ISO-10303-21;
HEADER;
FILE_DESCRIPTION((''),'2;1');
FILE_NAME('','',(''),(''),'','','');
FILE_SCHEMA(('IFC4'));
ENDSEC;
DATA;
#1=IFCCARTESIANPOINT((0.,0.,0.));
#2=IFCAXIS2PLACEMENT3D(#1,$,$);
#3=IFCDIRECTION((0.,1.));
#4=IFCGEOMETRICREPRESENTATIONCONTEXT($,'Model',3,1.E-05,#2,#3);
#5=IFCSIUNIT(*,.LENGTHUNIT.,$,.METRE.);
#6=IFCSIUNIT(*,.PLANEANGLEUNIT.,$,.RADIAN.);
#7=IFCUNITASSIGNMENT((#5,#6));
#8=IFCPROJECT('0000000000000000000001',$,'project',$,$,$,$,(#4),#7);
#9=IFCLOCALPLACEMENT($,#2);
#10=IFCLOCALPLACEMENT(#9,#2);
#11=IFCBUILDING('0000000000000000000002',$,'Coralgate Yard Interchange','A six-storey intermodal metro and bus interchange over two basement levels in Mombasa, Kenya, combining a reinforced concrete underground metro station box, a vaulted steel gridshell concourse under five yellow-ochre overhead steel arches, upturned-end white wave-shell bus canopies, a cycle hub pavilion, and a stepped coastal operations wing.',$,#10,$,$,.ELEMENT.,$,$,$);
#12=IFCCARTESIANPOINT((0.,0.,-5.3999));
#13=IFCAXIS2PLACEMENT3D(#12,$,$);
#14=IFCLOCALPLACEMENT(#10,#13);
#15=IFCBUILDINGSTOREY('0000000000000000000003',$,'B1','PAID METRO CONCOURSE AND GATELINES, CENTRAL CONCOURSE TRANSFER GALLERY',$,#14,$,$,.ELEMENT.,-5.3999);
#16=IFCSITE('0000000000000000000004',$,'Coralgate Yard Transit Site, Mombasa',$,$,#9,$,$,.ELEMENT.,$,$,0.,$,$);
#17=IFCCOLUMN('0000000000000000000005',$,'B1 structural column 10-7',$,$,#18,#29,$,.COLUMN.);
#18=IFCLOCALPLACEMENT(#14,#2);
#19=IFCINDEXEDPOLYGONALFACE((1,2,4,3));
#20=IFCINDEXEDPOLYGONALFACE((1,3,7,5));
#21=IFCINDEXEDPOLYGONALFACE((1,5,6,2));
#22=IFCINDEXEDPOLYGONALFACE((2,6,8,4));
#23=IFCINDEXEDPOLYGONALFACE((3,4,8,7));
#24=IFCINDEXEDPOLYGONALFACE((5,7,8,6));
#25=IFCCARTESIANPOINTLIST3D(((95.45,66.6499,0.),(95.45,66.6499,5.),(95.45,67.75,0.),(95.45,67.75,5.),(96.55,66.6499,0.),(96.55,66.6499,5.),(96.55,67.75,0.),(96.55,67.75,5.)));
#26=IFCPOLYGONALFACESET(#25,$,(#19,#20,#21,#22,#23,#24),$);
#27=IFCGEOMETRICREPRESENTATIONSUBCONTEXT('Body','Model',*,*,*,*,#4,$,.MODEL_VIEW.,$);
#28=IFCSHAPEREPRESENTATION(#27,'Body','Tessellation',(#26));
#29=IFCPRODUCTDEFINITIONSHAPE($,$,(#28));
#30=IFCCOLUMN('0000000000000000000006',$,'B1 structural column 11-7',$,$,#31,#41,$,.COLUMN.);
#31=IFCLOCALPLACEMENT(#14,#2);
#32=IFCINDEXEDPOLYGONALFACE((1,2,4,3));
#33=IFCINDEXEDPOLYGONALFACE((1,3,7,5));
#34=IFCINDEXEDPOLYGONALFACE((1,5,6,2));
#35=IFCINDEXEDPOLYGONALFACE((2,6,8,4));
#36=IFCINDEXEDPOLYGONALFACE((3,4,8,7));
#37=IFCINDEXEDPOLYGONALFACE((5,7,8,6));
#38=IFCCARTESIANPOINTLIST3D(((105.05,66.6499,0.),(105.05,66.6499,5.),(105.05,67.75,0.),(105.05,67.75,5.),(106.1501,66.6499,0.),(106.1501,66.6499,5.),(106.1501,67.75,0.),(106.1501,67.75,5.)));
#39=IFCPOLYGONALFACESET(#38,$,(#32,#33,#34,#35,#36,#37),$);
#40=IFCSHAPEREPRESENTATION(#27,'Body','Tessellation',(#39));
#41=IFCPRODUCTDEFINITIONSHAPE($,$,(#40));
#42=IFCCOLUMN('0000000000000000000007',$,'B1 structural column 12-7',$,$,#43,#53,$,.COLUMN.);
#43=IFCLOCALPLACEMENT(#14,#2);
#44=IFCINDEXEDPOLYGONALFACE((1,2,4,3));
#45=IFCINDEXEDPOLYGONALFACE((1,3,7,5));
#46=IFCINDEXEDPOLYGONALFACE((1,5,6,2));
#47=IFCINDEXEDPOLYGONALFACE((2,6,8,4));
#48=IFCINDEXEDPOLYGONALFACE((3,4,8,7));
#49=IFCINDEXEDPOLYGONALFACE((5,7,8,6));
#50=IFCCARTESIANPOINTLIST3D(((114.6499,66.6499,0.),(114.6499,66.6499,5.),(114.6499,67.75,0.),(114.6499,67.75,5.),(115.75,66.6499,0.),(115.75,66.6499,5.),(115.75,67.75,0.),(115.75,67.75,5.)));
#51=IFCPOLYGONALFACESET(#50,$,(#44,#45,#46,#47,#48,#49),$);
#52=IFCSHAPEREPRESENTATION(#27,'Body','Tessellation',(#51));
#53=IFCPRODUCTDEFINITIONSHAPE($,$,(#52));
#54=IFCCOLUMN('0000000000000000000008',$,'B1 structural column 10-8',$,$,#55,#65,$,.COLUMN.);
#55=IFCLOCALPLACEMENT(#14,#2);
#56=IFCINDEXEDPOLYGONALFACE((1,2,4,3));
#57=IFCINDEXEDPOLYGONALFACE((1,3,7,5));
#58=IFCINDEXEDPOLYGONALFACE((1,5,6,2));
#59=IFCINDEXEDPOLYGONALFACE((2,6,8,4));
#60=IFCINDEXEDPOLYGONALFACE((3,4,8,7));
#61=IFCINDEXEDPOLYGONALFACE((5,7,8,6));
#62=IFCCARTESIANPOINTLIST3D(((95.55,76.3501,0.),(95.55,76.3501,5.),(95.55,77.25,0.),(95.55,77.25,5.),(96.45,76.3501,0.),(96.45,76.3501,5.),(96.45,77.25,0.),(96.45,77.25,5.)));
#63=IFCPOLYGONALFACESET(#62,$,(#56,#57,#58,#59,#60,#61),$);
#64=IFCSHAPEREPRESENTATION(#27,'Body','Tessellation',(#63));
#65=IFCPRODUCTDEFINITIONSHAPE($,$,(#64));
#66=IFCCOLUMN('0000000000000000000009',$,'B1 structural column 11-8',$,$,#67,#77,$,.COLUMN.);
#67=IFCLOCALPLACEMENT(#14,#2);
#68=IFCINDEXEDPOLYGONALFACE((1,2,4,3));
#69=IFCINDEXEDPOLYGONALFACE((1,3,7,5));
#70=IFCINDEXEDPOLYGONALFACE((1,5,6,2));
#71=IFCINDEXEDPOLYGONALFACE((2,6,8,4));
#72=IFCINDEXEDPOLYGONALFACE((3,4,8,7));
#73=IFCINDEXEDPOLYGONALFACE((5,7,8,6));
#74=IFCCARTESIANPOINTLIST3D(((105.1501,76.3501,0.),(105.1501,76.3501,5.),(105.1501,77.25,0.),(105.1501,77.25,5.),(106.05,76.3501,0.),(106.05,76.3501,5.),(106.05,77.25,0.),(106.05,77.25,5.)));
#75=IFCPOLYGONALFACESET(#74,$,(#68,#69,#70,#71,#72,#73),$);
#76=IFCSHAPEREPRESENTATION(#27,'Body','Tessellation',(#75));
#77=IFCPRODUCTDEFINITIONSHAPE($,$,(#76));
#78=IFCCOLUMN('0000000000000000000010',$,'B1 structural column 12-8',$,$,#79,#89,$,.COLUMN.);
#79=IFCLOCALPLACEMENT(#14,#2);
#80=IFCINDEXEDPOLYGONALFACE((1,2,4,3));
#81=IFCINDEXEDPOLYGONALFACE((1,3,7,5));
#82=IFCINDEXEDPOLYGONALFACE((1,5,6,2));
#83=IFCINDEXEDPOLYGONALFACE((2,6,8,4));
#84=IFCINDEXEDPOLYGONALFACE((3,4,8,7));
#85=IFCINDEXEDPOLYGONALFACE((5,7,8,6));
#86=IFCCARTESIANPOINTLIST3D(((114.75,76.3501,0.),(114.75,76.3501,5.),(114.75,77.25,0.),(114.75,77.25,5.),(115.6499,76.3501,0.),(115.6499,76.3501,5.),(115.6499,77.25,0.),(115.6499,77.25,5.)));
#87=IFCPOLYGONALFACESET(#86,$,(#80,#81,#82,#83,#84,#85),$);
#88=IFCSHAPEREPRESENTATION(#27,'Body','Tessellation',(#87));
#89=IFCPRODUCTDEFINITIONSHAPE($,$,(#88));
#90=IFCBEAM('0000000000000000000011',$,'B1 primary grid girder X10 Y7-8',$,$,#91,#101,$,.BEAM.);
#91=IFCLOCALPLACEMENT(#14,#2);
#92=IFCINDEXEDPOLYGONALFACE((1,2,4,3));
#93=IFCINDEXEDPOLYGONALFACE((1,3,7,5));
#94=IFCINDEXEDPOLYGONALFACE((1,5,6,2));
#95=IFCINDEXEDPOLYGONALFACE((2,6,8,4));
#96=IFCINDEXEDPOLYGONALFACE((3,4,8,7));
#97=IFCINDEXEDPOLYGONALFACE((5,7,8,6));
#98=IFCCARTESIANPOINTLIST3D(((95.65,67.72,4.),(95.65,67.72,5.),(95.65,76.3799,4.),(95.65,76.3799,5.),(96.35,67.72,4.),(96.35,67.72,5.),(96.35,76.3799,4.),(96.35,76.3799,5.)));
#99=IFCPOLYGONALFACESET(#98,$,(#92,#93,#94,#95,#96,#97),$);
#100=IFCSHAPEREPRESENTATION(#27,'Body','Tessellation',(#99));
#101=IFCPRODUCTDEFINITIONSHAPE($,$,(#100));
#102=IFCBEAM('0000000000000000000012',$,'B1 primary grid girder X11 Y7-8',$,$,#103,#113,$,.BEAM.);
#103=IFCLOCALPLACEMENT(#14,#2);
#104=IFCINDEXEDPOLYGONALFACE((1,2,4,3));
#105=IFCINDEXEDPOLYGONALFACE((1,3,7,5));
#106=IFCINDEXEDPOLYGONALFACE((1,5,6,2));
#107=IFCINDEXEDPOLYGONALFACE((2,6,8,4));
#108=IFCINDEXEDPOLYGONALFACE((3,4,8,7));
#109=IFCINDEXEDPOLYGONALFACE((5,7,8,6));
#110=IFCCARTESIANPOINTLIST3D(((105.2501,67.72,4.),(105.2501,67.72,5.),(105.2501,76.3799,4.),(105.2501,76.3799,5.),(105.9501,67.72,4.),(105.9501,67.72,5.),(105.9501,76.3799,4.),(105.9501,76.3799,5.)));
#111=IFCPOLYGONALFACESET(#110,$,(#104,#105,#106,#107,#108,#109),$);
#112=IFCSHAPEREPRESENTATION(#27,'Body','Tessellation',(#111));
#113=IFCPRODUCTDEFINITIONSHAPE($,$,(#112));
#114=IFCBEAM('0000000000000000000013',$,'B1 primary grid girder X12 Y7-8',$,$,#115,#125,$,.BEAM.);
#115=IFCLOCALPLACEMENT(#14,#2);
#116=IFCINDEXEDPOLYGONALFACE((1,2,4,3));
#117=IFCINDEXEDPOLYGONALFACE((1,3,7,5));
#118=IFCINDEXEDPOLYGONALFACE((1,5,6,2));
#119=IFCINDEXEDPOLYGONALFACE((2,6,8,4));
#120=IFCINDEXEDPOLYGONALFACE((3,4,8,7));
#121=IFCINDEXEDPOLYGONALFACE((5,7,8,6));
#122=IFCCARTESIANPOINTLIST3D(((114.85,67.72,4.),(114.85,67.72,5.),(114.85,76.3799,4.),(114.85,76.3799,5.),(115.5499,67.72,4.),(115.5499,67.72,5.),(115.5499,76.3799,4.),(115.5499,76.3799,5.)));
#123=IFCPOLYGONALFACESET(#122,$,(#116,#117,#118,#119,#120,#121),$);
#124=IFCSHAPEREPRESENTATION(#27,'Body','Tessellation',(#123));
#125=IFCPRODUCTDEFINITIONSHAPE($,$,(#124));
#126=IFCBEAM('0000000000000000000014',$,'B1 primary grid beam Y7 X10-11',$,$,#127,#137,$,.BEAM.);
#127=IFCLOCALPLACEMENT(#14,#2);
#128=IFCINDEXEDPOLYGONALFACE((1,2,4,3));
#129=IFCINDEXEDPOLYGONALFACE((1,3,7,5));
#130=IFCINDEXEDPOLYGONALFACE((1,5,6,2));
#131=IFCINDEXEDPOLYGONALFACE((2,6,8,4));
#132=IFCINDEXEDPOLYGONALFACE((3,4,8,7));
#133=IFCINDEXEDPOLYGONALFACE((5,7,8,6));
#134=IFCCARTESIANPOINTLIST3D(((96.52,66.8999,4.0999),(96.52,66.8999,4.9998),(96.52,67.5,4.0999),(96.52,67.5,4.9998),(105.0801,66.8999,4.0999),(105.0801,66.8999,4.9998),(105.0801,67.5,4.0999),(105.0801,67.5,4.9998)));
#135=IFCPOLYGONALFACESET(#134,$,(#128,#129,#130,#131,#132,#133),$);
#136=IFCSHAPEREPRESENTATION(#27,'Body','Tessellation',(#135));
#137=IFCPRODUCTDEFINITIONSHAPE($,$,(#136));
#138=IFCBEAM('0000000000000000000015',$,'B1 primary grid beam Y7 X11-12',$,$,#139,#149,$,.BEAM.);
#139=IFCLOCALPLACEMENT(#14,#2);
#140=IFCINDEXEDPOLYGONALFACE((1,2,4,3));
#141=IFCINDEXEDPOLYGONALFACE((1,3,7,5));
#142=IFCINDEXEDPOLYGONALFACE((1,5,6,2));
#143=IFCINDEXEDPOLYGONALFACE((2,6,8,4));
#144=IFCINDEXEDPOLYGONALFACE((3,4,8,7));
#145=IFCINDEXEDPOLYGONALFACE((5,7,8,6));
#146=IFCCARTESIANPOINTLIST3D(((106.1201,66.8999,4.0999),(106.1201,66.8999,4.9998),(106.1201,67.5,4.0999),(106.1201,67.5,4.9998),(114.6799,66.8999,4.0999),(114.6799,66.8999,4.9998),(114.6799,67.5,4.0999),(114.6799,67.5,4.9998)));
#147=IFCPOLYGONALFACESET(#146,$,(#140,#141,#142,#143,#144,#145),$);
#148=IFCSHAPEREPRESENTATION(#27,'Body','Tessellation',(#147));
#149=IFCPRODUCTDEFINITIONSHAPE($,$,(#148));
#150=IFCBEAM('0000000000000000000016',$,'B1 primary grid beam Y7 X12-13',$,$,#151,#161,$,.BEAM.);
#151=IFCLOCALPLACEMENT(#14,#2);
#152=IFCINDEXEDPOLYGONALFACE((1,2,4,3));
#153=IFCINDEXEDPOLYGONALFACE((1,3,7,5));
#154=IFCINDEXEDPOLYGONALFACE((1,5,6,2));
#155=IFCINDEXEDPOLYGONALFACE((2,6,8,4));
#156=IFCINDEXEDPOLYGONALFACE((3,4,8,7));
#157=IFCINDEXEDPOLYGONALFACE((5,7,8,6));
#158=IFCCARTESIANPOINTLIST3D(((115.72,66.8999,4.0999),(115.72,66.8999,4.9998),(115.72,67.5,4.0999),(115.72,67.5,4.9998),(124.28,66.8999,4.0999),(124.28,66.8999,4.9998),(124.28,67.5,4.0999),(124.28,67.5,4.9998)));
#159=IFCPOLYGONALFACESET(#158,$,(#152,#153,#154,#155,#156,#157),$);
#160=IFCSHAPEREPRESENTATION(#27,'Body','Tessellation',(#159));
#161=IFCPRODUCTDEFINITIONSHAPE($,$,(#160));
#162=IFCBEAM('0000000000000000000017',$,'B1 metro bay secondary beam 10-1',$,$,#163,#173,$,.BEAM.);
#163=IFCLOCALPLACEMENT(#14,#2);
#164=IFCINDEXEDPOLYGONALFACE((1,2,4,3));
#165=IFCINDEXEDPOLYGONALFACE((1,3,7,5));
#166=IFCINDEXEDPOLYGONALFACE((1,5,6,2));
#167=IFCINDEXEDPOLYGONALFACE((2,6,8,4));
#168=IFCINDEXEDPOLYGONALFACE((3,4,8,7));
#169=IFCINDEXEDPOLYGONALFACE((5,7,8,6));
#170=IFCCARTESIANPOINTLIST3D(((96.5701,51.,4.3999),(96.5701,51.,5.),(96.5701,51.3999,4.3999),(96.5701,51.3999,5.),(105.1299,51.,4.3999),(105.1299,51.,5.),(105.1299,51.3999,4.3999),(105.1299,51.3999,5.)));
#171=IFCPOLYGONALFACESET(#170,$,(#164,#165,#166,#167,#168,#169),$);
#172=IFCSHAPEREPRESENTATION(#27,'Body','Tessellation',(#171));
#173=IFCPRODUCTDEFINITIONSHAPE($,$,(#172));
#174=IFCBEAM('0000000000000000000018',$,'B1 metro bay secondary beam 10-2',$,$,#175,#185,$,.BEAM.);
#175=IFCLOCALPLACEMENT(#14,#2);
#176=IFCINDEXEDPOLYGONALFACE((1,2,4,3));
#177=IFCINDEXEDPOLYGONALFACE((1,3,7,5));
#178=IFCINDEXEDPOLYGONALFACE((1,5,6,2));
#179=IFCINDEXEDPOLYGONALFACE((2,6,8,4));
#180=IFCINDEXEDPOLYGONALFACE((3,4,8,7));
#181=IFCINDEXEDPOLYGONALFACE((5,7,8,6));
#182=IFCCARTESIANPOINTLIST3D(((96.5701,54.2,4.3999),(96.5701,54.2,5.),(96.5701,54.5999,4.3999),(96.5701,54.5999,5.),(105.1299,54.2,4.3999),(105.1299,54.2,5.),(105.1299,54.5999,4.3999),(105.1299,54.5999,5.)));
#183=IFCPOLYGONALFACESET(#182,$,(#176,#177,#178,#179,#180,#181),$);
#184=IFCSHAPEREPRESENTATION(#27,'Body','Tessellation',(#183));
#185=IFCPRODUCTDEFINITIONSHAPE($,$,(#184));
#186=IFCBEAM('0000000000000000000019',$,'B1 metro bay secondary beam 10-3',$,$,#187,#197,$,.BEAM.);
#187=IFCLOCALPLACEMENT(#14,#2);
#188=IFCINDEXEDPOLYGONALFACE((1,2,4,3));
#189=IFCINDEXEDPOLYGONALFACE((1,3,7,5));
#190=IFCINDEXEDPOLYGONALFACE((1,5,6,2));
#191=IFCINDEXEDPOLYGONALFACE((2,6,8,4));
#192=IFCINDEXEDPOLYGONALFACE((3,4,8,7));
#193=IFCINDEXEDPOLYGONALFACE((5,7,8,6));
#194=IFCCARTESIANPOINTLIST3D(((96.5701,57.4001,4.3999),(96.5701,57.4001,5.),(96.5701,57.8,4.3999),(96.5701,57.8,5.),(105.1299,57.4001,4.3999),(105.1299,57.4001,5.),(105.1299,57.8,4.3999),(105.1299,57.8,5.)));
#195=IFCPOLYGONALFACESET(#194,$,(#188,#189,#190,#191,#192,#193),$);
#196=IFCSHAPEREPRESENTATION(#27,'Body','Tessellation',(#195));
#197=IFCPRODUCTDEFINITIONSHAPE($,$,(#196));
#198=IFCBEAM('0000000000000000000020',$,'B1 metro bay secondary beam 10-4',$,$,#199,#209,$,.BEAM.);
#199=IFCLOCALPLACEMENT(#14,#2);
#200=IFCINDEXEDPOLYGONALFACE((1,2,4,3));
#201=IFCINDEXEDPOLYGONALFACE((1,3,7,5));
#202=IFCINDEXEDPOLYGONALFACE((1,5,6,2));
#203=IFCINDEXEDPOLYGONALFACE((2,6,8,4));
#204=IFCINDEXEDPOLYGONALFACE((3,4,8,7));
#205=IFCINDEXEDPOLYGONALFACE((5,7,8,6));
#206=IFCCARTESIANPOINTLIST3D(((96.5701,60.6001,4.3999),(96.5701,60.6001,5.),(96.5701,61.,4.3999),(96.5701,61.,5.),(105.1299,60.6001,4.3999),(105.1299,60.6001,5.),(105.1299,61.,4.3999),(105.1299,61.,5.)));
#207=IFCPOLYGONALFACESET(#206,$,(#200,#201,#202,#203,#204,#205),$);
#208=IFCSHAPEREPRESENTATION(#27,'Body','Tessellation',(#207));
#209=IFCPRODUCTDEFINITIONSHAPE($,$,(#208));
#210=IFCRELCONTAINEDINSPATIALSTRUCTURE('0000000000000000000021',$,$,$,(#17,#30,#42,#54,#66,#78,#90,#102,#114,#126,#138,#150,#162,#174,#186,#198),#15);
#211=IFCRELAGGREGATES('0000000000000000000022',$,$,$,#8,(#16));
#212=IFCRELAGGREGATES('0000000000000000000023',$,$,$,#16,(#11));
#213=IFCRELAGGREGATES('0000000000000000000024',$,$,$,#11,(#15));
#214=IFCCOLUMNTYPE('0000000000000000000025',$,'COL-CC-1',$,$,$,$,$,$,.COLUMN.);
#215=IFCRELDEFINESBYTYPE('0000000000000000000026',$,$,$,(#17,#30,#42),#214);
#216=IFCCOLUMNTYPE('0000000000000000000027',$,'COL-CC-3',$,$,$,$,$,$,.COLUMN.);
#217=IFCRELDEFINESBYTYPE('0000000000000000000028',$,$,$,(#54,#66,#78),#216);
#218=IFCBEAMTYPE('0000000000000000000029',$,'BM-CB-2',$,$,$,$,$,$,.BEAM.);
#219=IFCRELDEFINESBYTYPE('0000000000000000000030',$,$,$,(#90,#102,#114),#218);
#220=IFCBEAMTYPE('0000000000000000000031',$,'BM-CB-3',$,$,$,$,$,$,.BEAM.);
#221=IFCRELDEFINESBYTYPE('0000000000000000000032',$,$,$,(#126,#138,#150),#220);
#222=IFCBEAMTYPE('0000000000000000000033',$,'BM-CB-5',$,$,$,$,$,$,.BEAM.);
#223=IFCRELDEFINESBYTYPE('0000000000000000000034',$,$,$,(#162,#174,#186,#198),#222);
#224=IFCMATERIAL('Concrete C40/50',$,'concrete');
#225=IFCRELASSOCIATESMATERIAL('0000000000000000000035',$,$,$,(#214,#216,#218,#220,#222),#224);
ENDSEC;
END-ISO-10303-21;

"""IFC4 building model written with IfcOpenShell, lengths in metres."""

from ifc_helpers import new_model, si_unit, direction, frame, origin, origin_2d, place, context, subcontext, project, spatial, rectangle, extrude, material, material_profile, profile_set, type_object, element, save


model = new_model("IFC4")

# Units and contexts
model_context = context("Model", 3, precision=1e-05, world=origin(), true_north=direction((0.0, 1.0)))
body_context = subcontext(model_context, "Body", "Model", "MODEL_VIEW")
ifc_project = project(units=[si_unit("LENGTHUNIT", "METRE"), si_unit("PLANEANGLEUNIT", "RADIAN")], contexts=[model_context])

# Site, building, storey
site_placement = place(None, origin())
site = spatial("IfcSite", under=ifc_project, at=site_placement, Name="Coralgate Yard Transit Site, Mombasa", CompositionType="ELEMENT", RefElevation=0.0)
building_placement = place(site_placement, origin())
building = spatial("IfcBuilding", under=site, at=building_placement, Name="Coralgate Yard Interchange", Description="A six-storey intermodal metro and bus interchange over two basement levels in Mombasa, Kenya, combining a reinforced concrete underground metro station box, a vaulted steel gridshell concourse under five yellow-ochre overhead steel arches, upturned-end white wave-shell bus canopies, a cycle hub pavilion, and a stepped coastal operations wing.", CompositionType="ELEMENT")
storey_placement = place(building_placement, frame((0.0, 0.0, -5.3999)))
storey = spatial("IfcBuildingStorey", under=building, at=storey_placement, Name="B1", Description="PAID METRO CONCOURSE AND GATELINES, CENTRAL CONCOURSE TRANSFER GALLERY", CompositionType="ELEMENT", Elevation=-5.3999)

# Columns
ifc_material_1 = material(Name="Concrete C40/50", Category="concrete")
ifc_material_profile_1 = material_profile(ifc_material_1, rectangle(XDim=1.1001, YDim=1.1001, at=origin_2d()), Name="RC 1100x1100")
ifc_profile_set_1 = profile_set([ifc_material_profile_1], Name="Concrete C40/50")
column_type_1 = type_object("IfcColumnType", Name="COL-CC-1", PredefinedType="COLUMN", material=ifc_profile_set_1)
for number, where, z_axis, x_axis, name in (
    (1, (96.0, 67.2, 0.0), (0.0, 0.0, 1.0), (1.0, 0.0, 0.0), "B1 structural column 10-7"),
    (2, (105.6001, 67.2, 0.0), (0.0, 0.0, 1.0), (1.0, 0.0, 0.0), "B1 structural column 11-7"),
    (3, (115.2, 67.2, 0.0), (0.0, 0.0, 1.0), (1.0, 0.0, 0.0), "B1 structural column 12-7"),
):
    element("IfcColumn", number, at=place(storey_placement, frame(where, z_axis=z_axis, x_axis=x_axis)), inside=storey, type_object=column_type_1, Name=name, PredefinedType="COLUMN", context=body_context, shape_type="SweptSolid", body=[
        extrude(rectangle(XDim=1.1001, YDim=1.1001, at=origin_2d()), origin(), (0.0, 0.0, 1.0), 5.0),
    ])
ifc_material_profile_2 = material_profile(ifc_material_1, rectangle(XDim=0.8999, YDim=0.8999, at=origin_2d()), Name="RC 900x900")
ifc_profile_set_2 = profile_set([ifc_material_profile_2], Name="Concrete C40/50")
column_type_2 = type_object("IfcColumnType", Name="COL-CC-3", PredefinedType="COLUMN", material=ifc_profile_set_2)
for number, where, z_axis, x_axis, name in (
    (4, (96.0, 76.8, 0.0), (0.0, 0.0, 1.0), (1.0, 0.0, 0.0), "B1 structural column 10-8"),
    (5, (105.6001, 76.8, 0.0), (0.0, 0.0, 1.0), (1.0, 0.0, 0.0), "B1 structural column 11-8"),
    (6, (115.2, 76.8, 0.0), (0.0, 0.0, 1.0), (1.0, 0.0, 0.0), "B1 structural column 12-8"),
):
    element("IfcColumn", number, at=place(storey_placement, frame(where, z_axis=z_axis, x_axis=x_axis)), inside=storey, type_object=column_type_2, Name=name, PredefinedType="COLUMN", context=body_context, shape_type="SweptSolid", body=[
        extrude(rectangle(XDim=0.8999, YDim=0.8999, at=origin_2d()), origin(), (0.0, 0.0, 1.0), 5.0),
    ])

# Beams
ifc_material_profile_3 = material_profile(ifc_material_1, rectangle(XDim=0.7, YDim=1.0, at=origin_2d()), Name="RC 700x1000")
ifc_profile_set_3 = profile_set([ifc_material_profile_3], Name="Concrete C40/50")
beam_type_1 = type_object("IfcBeamType", Name="BM-CB-2", PredefinedType="BEAM", material=ifc_profile_set_3)
for number, where, z_axis, x_axis, name in (
    (7, (96.0, 67.72, 4.5), (0.0, 1.0, 0.0), (-1.0, 0.0, 0.0), "B1 primary grid girder X10 Y7-8"),
    (8, (105.6001, 67.72, 4.5), (0.0, 1.0, 0.0), (-1.0, 0.0, 0.0), "B1 primary grid girder X11 Y7-8"),
    (9, (115.2, 67.72, 4.5), (0.0, 1.0, 0.0), (-1.0, 0.0, 0.0), "B1 primary grid girder X12 Y7-8"),
):
    element("IfcBeam", number, at=place(storey_placement, frame(where, z_axis=z_axis, x_axis=x_axis)), inside=storey, type_object=beam_type_1, Name=name, PredefinedType="BEAM", context=body_context, shape_type="SweptSolid", body=[
        extrude(rectangle(XDim=0.7, YDim=1.0, at=origin_2d()), origin(), (0.0, 0.0, 1.0), 8.6599),
    ])
ifc_material_profile_4 = material_profile(ifc_material_1, rectangle(XDim=0.6001, YDim=0.8999, at=origin_2d()), Name="RC 600x900")
ifc_profile_set_4 = profile_set([ifc_material_profile_4], Name="Concrete C40/50")
beam_type_2 = type_object("IfcBeamType", Name="BM-CB-3", PredefinedType="BEAM", material=ifc_profile_set_4)
beam_1_placement = place(storey_placement, frame((96.52, 67.2, 4.5498), z_axis=(1.0, 0.0, 0.0), x_axis=(0.0, 1.0, 0.0)))
element("IfcBeam", 10, at=beam_1_placement, inside=storey, type_object=beam_type_2, Name="B1 primary grid beam Y7 X10-11", PredefinedType="BEAM", context=body_context, shape_type="SweptSolid", body=[
    extrude(rectangle(XDim=0.6001, YDim=0.8999, at=origin_2d()), origin(), (0.0, 0.0, 1.0), 8.5601),
])
beam_2_placement = place(storey_placement, frame((106.1201, 67.2, 4.5498), z_axis=(1.0, 0.0, 0.0), x_axis=(0.0, 1.0, 0.0)))
element("IfcBeam", 11, at=beam_2_placement, inside=storey, type_object=beam_type_2, Name="B1 primary grid beam Y7 X11-12", PredefinedType="BEAM", context=body_context, shape_type="SweptSolid", body=[
    extrude(rectangle(XDim=0.6001, YDim=0.8999, at=origin_2d()), origin(), (0.0, 0.0, 1.0), 8.5598),
])
beam_3_placement = place(storey_placement, frame((115.72, 67.2, 4.5498), z_axis=(1.0, 0.0, 0.0), x_axis=(0.0, 1.0, 0.0)))
element("IfcBeam", 12, at=beam_3_placement, inside=storey, type_object=beam_type_2, Name="B1 primary grid beam Y7 X12-13", PredefinedType="BEAM", context=body_context, shape_type="SweptSolid", body=[
    extrude(rectangle(XDim=0.6001, YDim=0.8999, at=origin_2d()), origin(), (0.0, 0.0, 1.0), 8.5601),
])
ifc_material_profile_5 = material_profile(ifc_material_1, rectangle(XDim=0.3999, YDim=0.6001, at=origin_2d()), Name="RC 400x600")
ifc_profile_set_5 = profile_set([ifc_material_profile_5], Name="Concrete C40/50")
beam_type_3 = type_object("IfcBeamType", Name="BM-CB-5", PredefinedType="BEAM", material=ifc_profile_set_5)
for number, where, z_axis, x_axis, name in (
    (13, (96.5701, 51.2, 4.7), (1.0, 0.0, 0.0), (0.0, 1.0, 0.0), "B1 metro bay secondary beam 10-1"),
    (14, (96.5701, 54.3999, 4.7), (1.0, 0.0, 0.0), (0.0, 1.0, 0.0), "B1 metro bay secondary beam 10-2"),
    (15, (96.5701, 57.6001, 4.7), (1.0, 0.0, 0.0), (0.0, 1.0, 0.0), "B1 metro bay secondary beam 10-3"),
    (16, (96.5701, 60.8, 4.7), (1.0, 0.0, 0.0), (0.0, 1.0, 0.0), "B1 metro bay secondary beam 10-4"),
):
    element("IfcBeam", number, at=place(storey_placement, frame(where, z_axis=z_axis, x_axis=x_axis)), inside=storey, type_object=beam_type_3, Name=name, PredefinedType="BEAM", context=body_context, shape_type="SweptSolid", body=[
        extrude(rectangle(XDim=0.3999, YDim=0.6001, at=origin_2d()), origin(), (0.0, 0.0, 1.0), 8.5598),
    ])

save(model, "model.ifc")
